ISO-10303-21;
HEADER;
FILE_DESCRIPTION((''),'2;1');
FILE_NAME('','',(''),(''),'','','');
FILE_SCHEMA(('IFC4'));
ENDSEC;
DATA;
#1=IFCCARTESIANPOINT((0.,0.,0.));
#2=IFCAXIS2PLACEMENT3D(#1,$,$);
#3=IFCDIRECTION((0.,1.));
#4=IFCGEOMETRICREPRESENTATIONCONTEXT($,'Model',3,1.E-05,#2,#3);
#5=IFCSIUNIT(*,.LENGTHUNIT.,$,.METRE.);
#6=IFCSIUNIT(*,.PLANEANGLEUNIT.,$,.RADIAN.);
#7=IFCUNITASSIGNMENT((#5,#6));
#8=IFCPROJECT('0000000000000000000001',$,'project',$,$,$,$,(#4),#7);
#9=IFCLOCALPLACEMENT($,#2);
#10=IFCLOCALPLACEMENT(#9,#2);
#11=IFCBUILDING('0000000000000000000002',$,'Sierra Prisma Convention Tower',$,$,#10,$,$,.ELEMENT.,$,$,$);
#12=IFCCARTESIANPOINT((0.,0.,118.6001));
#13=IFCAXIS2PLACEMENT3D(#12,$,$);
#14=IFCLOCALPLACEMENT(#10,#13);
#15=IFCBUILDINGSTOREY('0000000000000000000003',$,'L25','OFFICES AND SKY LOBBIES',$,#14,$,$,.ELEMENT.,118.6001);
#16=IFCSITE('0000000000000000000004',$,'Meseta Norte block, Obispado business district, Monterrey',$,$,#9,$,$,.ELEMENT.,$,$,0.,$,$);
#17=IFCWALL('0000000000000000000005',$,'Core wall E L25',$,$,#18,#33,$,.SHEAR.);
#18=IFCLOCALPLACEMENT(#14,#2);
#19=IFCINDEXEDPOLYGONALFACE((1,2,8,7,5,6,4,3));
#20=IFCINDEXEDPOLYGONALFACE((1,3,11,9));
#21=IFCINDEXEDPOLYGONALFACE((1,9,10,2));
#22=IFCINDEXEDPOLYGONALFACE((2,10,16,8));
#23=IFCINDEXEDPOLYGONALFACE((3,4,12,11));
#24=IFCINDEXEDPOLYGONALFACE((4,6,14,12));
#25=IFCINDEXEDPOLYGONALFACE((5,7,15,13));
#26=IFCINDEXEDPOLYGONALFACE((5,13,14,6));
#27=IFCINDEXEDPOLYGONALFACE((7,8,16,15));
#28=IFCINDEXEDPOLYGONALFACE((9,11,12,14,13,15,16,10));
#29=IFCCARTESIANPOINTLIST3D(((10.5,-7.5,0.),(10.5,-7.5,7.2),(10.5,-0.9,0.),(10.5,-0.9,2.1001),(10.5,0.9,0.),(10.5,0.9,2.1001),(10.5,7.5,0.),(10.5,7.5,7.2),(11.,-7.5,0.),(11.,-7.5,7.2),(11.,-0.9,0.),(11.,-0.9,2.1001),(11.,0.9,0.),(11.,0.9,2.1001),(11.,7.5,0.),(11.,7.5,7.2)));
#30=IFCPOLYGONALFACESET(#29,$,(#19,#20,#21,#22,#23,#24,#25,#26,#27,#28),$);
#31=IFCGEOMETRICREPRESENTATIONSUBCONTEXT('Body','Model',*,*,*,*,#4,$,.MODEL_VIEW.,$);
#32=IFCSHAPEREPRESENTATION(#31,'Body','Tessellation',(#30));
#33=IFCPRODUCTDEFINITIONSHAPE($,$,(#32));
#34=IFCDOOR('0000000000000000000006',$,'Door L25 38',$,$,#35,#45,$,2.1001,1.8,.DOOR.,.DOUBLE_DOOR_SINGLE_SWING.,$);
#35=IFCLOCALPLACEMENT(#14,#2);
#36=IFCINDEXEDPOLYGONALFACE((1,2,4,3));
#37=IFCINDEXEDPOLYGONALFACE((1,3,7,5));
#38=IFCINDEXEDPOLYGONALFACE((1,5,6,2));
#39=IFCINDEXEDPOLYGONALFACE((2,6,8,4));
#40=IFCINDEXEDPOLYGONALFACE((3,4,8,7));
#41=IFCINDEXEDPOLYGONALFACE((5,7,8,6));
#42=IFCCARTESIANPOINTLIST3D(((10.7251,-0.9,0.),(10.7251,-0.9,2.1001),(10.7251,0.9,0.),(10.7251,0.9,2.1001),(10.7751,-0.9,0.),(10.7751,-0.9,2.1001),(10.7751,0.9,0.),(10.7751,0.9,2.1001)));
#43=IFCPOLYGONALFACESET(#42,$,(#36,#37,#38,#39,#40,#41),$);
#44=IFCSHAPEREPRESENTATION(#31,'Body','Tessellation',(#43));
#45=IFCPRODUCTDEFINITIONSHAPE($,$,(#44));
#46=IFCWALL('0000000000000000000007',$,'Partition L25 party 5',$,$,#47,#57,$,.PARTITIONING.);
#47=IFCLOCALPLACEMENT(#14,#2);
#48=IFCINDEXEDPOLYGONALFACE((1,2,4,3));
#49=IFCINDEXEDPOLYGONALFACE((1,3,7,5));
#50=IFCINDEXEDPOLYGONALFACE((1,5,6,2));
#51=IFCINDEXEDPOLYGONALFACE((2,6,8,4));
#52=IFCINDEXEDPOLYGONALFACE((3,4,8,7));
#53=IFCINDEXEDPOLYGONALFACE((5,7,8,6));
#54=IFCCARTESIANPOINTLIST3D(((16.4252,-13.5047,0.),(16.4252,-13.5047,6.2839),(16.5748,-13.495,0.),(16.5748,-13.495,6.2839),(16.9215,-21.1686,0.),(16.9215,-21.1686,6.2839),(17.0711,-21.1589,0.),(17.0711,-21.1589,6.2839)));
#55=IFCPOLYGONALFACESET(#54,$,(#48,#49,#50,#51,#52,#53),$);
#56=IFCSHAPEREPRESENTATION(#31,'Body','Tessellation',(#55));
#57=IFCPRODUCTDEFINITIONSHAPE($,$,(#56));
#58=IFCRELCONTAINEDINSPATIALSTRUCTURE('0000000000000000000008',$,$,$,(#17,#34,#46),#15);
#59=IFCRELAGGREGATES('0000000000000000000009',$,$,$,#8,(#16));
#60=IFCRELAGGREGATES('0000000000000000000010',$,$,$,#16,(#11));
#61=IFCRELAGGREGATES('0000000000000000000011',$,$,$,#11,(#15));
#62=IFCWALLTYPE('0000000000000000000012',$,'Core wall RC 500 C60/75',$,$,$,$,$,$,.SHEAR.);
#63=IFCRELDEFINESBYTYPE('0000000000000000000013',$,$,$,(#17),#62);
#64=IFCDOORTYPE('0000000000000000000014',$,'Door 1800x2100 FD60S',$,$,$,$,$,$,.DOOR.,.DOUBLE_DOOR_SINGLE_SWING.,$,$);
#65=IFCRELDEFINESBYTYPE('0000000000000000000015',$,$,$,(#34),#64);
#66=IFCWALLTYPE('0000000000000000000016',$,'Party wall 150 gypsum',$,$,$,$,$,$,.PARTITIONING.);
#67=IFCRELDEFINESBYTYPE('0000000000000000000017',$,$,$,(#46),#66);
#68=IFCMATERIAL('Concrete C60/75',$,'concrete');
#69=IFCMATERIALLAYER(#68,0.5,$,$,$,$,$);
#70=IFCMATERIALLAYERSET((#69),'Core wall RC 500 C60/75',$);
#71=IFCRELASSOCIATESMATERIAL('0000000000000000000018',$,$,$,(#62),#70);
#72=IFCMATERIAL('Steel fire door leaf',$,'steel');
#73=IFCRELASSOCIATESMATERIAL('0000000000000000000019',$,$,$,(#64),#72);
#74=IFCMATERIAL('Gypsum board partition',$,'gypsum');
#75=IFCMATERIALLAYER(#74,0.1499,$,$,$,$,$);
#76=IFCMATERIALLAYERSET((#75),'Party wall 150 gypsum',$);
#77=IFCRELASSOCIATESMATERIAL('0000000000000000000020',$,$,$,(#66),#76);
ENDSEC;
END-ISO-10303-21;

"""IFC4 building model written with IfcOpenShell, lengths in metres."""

from ifc_helpers import new_model, si_unit, direction, frame, frame_2d, origin, place, context, subcontext, project, spatial, rectangle, extrude, material, layer, layer_set, type_object, element, fill, save


model = new_model("IFC4")

# Units and contexts
model_context = context("Model", 3, precision=1e-05, world=origin(), true_north=direction((0.0, 1.0)))
body_context = subcontext(model_context, "Body", "Model", "MODEL_VIEW")
ifc_project = project(units=[si_unit("LENGTHUNIT", "METRE"), si_unit("PLANEANGLEUNIT", "RADIAN")], contexts=[model_context])

# Site, building, storey
site_placement = place(None, origin())
site = spatial("IfcSite", under=ifc_project, at=site_placement, Name="Meseta Norte block, Obispado business district, Monterrey", CompositionType="ELEMENT", RefElevation=0.0)
building_placement = place(site_placement, origin())
building = spatial("IfcBuilding", under=site, at=building_placement, Name="Sierra Prisma Convention Tower", CompositionType="ELEMENT")
storey_placement = place(building_placement, frame((0.0, 0.0, 118.6001)))
storey = spatial("IfcBuildingStorey", under=building, at=storey_placement, Name="L25", Description="OFFICES AND SKY LOBBIES", CompositionType="ELEMENT", Elevation=118.6001)

# Wall, opening, door
ifc_material_1 = material(Name="Concrete C60/75", Category="concrete")
ifc_layer_1 = layer(ifc_material_1, 0.5)
ifc_layer_set_1 = layer_set([ifc_layer_1], Name="Core wall RC 500 C60/75")
wall_type_1 = type_object("IfcWallType", Name="Core wall RC 500 C60/75", PredefinedType="SHEAR", material=ifc_layer_set_1)
wall_1_placement = place(storey_placement, frame((10.75, -7.5, 0.0), z_axis=(0.0, 0.0, 1.0), x_axis=(0.0, 1.0, 0.0)))
wall_1 = element("IfcWall", 1, at=wall_1_placement, inside=storey, type_object=wall_type_1, Name="Core wall E L25", PredefinedType="SHEAR", context=body_context, shape_type="SweptSolid", body=[
    extrude(rectangle(XDim=15.0, YDim=0.5, at=frame_2d((7.5, 0.0))), origin(), (0.0, 0.0, 1.0), 7.2),
])
opening_1_placement = place(wall_1_placement, frame((6.6001, 0.0, 0.0)))
opening_1 = element("IfcOpeningElement", 2, at=opening_1_placement, cuts=wall_1, PredefinedType="OPENING", context=body_context, shape_type="SweptSolid", body=[
    extrude(rectangle(XDim=1.8, YDim=2.1001, at=frame_2d((0.8999, 1.05))), frame((0.0, 0.25, 0.0), z_axis=(0.0, -1.0, 0.0), x_axis=(1.0, 0.0, 0.0)), (0.0, 0.0, 1.0), 0.5),
])
ifc_material_2 = material(Name="Steel fire door leaf", Category="steel")
door_type_1 = type_object("IfcDoorType", Name="Door 1800x2100 FD60S", OperationType="DOUBLE_DOOR_SINGLE_SWING", PredefinedType="DOOR", material=ifc_material_2)
door_1_placement = place(opening_1_placement, origin())
door_1 = element("IfcDoor", 3, at=door_1_placement, inside=storey, type_object=door_type_1, Name="Door L25 38", OperationType="DOUBLE_DOOR_SINGLE_SWING", OverallHeight=2.1001, OverallWidth=1.8, PredefinedType="DOOR", context=body_context, shape_type="SweptSolid", body=[
    extrude(rectangle(XDim=1.8, YDim=2.1001, at=frame_2d((0.8999, 1.05))), frame((0.0, 0.0249, 0.0), z_axis=(0.0, -1.0, 0.0), x_axis=(1.0, 0.0, 0.0)), (0.0, 0.0, 1.0), 0.05),
])
fill(opening_1, door_1)

# Wall
ifc_material_3 = material(Name="Gypsum board partition", Category="gypsum")
ifc_layer_2 = layer(ifc_material_3, 0.1499)
ifc_layer_set_2 = layer_set([ifc_layer_2], Name="Party wall 150 gypsum")
wall_type_2 = type_object("IfcWallType", Name="Party wall 150 gypsum", PredefinedType="PARTITIONING", material=ifc_layer_set_2)
wall_2_placement = place(storey_placement, frame((16.5, -13.5, 0.0), z_axis=(0.0, 0.0, 1.0), x_axis=(0.064628, -0.997909, 0.0)))
element("IfcWall", 4, at=wall_2_placement, inside=storey, type_object=wall_type_2, Name="Partition L25 party 5", PredefinedType="PARTITIONING", context=body_context, shape_type="SweptSolid", body=[
    extrude(rectangle(XDim=7.6799, YDim=0.1499, at=frame_2d((3.8398, 0.0))), origin(), (0.0, 0.0, 1.0), 6.2839),
])

save(model, "model.ifc")
